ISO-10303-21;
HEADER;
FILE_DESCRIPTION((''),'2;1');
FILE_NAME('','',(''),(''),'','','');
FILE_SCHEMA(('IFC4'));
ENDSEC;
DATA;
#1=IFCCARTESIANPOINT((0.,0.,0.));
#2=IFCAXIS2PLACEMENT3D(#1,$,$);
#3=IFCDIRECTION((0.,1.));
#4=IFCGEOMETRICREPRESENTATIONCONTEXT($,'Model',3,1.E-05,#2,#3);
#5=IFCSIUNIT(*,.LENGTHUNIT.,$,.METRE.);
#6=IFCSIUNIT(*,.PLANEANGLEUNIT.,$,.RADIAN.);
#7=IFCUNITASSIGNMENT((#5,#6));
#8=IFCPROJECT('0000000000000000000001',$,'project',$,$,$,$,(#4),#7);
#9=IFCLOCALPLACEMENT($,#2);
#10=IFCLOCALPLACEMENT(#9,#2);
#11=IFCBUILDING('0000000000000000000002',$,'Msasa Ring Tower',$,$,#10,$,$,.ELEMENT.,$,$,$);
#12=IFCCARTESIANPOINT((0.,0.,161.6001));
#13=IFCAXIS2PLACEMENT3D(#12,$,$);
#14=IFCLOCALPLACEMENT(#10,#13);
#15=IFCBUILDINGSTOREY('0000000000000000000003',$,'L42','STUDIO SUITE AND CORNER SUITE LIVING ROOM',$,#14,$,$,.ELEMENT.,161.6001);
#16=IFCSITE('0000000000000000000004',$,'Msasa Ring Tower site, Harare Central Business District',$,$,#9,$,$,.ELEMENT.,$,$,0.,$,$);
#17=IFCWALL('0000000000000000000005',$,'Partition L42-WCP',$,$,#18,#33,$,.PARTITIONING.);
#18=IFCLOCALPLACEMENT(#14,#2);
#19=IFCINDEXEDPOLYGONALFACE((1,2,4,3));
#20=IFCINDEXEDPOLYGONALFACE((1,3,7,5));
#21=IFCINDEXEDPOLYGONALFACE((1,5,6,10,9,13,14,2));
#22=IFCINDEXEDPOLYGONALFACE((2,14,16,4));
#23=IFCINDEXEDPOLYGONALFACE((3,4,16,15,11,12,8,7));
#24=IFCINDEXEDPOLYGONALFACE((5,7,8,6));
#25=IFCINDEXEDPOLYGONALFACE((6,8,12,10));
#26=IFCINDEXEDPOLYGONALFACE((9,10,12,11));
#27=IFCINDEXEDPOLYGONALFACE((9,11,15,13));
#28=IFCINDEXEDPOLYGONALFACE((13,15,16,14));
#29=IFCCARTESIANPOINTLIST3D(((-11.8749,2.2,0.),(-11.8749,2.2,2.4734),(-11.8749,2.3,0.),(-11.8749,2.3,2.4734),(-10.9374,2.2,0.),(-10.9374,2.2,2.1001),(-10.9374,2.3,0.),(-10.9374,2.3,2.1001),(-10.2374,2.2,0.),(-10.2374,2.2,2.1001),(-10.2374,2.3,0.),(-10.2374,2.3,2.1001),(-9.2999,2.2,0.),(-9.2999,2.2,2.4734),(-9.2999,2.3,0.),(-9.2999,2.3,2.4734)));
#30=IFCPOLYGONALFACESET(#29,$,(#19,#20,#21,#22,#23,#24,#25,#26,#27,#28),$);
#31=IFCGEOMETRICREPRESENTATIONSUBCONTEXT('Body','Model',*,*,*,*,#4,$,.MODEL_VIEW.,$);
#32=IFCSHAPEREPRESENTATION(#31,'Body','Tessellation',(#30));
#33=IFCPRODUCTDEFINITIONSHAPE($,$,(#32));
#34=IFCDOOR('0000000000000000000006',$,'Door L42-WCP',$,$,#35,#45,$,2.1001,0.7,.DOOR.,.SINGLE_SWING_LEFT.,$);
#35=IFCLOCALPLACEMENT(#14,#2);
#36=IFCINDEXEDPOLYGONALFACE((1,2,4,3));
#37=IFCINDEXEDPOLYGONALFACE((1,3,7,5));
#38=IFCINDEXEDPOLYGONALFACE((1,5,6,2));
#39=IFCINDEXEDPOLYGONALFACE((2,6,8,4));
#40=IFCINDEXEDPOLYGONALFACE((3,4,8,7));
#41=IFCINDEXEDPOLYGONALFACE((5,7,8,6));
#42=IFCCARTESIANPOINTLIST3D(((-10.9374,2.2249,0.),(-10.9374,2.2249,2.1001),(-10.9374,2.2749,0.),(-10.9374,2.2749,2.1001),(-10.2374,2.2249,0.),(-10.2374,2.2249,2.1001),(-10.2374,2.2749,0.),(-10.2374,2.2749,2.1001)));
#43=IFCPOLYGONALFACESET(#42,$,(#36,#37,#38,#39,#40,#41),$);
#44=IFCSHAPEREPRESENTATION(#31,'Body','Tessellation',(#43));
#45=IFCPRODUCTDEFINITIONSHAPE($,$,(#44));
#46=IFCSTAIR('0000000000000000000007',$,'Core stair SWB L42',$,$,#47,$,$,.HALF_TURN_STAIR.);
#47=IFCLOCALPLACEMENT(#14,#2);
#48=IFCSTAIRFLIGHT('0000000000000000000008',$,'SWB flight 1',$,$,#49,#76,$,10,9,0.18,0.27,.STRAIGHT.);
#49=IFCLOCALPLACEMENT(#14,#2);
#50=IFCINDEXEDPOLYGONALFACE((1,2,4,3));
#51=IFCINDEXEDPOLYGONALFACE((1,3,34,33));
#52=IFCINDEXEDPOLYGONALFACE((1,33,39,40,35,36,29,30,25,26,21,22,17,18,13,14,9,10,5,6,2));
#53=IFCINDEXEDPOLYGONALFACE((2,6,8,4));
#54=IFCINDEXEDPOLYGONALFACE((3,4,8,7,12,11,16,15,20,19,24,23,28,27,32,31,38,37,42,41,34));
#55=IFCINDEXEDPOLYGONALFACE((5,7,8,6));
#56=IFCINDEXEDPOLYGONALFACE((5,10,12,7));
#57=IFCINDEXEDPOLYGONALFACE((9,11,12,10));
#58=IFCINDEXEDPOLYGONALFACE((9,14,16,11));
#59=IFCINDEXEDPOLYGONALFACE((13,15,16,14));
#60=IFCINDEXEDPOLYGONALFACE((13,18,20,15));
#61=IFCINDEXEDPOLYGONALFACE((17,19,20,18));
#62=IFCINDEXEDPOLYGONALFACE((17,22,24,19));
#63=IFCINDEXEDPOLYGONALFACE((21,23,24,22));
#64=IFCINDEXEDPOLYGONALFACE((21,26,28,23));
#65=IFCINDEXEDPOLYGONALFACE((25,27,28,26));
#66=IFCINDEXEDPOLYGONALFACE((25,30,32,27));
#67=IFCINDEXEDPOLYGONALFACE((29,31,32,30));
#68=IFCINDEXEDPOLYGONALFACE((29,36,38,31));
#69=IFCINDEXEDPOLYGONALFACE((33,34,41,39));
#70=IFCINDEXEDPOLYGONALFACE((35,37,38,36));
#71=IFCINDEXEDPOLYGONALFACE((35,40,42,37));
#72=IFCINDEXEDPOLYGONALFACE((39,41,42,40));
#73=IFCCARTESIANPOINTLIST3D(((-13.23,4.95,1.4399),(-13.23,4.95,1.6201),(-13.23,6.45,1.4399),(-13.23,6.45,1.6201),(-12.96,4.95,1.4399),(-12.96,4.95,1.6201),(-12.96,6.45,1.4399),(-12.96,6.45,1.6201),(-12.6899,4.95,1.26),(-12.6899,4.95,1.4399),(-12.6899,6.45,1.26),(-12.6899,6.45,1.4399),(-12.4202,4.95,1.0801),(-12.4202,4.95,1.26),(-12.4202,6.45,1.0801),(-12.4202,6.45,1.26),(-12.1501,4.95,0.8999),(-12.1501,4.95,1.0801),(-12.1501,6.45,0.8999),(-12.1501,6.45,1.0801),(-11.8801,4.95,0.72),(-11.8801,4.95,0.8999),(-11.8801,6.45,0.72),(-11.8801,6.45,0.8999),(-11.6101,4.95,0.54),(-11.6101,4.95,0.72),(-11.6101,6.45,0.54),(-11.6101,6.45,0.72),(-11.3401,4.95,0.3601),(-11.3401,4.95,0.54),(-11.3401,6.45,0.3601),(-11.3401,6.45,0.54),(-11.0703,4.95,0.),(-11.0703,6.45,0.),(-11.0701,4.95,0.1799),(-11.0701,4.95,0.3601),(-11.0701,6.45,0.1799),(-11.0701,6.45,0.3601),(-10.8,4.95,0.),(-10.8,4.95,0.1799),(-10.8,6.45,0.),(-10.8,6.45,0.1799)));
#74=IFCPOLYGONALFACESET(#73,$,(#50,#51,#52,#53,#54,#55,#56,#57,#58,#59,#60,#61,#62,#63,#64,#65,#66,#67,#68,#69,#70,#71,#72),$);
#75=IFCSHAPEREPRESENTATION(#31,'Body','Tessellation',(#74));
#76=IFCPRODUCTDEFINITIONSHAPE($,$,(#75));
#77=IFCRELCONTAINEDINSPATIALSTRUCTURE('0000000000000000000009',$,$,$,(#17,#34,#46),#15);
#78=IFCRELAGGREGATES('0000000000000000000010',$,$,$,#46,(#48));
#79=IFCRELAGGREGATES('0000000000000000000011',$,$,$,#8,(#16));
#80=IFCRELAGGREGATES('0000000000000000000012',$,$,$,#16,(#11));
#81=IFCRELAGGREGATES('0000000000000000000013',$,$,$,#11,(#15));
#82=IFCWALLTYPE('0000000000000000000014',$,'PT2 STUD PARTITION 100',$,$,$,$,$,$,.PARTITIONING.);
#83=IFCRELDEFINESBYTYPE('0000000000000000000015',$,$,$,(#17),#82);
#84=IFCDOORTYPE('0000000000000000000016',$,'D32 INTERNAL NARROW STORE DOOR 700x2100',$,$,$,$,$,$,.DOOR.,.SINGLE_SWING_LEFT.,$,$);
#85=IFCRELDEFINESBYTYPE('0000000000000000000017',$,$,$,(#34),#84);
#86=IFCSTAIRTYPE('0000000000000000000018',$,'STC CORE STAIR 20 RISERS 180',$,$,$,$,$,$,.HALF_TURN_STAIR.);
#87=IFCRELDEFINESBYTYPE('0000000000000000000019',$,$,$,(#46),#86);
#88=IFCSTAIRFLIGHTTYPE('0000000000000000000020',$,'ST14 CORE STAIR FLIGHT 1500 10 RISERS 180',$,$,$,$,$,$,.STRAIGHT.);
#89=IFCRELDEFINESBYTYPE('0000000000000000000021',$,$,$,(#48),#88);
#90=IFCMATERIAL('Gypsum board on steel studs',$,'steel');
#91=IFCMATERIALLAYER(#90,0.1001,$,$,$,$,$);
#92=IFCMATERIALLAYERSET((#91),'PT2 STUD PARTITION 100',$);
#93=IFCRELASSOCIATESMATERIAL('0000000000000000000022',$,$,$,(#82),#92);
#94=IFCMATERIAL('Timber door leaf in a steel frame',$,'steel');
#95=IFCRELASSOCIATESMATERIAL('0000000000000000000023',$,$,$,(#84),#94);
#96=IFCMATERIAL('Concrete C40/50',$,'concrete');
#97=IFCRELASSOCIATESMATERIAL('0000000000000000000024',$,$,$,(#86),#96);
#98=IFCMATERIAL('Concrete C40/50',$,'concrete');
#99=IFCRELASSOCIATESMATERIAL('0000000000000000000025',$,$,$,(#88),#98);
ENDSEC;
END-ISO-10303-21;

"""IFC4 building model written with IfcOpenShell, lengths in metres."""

from ifc_helpers import new_model, si_unit, direction, frame, frame_2d, origin, place, context, subcontext, project, spatial, polyline, rectangle, outline, extrude, material, layer, layer_set, type_object, element, fill, aggregate, save


model = new_model("IFC4")

# Units and contexts
model_context = context("Model", 3, precision=1e-05, world=origin(), true_north=direction((0.0, 1.0)))
body_context = subcontext(model_context, "Body", "Model", "MODEL_VIEW")
ifc_project = project(units=[si_unit("LENGTHUNIT", "METRE"), si_unit("PLANEANGLEUNIT", "RADIAN")], contexts=[model_context])

# Site, building, storey
site_placement = place(None, origin())
site = spatial("IfcSite", under=ifc_project, at=site_placement, Name="Msasa Ring Tower site, Harare Central Business District", CompositionType="ELEMENT", RefElevation=0.0)
building_placement = place(site_placement, origin())
building = spatial("IfcBuilding", under=site, at=building_placement, Name="Msasa Ring Tower", CompositionType="ELEMENT")
storey_placement = place(building_placement, frame((0.0, 0.0, 161.6001)))
storey = spatial("IfcBuildingStorey", under=building, at=storey_placement, Name="L42", Description="STUDIO SUITE AND CORNER SUITE LIVING ROOM", CompositionType="ELEMENT", Elevation=161.6001)

# Wall, opening, door
ifc_material_1 = material(Name="Gypsum board on steel studs", Category="steel")
ifc_layer_1 = layer(ifc_material_1, 0.1001)
ifc_layer_set_1 = layer_set([ifc_layer_1], Name="PT2 STUD PARTITION 100")
wall_type_1 = type_object("IfcWallType", Name="PT2 STUD PARTITION 100", PredefinedType="PARTITIONING", material=ifc_layer_set_1)
wall_1_placement = place(storey_placement, frame((-11.875, 2.25, 0.0), z_axis=(0.0, 0.0, 1.0), x_axis=(1.0, 0.0, 0.0)))
wall_1 = element("IfcWall", 1, at=wall_1_placement, inside=storey, type_object=wall_type_1, Name="Partition L42-WCP", PredefinedType="PARTITIONING", context=body_context, shape_type="SweptSolid", body=[
    extrude(rectangle(XDim=2.575, YDim=0.1001, at=frame_2d((1.2876, 0.0))), origin(), (0.0, 0.0, 1.0), 2.4734),
])
opening_1_placement = place(wall_1_placement, frame((0.9375, 0.0, 0.0)))
opening_1 = element("IfcOpeningElement", 2, at=opening_1_placement, cuts=wall_1, PredefinedType="OPENING", context=body_context, shape_type="SweptSolid", body=[
    extrude(rectangle(XDim=0.7, YDim=2.1001, at=frame_2d((0.3501, 1.05))), frame((0.0, 0.0601, 0.0), z_axis=(0.0, -1.0, 0.0), x_axis=(1.0, 0.0, 0.0)), (0.0, 0.0, 1.0), 0.1201),
])
ifc_material_2 = material(Name="Timber door leaf in a steel frame", Category="steel")
door_type_1 = type_object("IfcDoorType", Name="D32 INTERNAL NARROW STORE DOOR 700x2100", OperationType="SINGLE_SWING_LEFT", PredefinedType="DOOR", material=ifc_material_2)
door_1_placement = place(opening_1_placement, origin())
door_1 = element("IfcDoor", 3, at=door_1_placement, inside=storey, type_object=door_type_1, Name="Door L42-WCP", OperationType="SINGLE_SWING_LEFT", OverallHeight=2.1001, OverallWidth=0.7, PredefinedType="DOOR", context=body_context, shape_type="SweptSolid", body=[
    extrude(rectangle(XDim=0.7, YDim=2.1001, at=frame_2d((0.3501, 1.05))), frame((0.0, 0.0249, 0.0), z_axis=(0.0, -1.0, 0.0), x_axis=(1.0, 0.0, 0.0)), (0.0, 0.0, 1.0), 0.05),
])
fill(opening_1, door_1)

# Stair, stair flight
ifc_material_3 = material(Name="Concrete C40/50", Category="concrete")
stair_type = type_object("IfcStairType", Name="STC CORE STAIR 20 RISERS 180", PredefinedType="HALF_TURN_STAIR", material=ifc_material_3)
stair_placement = place(storey_placement, origin())
stair = element("IfcStair", 4, at=stair_placement, inside=storey, type_object=stair_type, Name="Core stair SWB L42", PredefinedType="HALF_TURN_STAIR")
ifc_material_4 = material(Name="Concrete C40/50", Category="concrete")
stair_flight_type = type_object("IfcStairFlightType", Name="ST14 CORE STAIR FLIGHT 1500 10 RISERS 180", PredefinedType="STRAIGHT", material=ifc_material_4)
stair_flight_placement = place(storey_placement, frame((-10.8, 5.7, 0.0), z_axis=(0.0, 0.0, 1.0), x_axis=(-1.0, 0.0, 0.0)))
stair_flight = element("IfcStairFlight", 5, at=stair_flight_placement, type_object=stair_flight_type, Name="SWB flight 1", NumberOfRisers=10, NumberOfTreads=9, PredefinedType="STRAIGHT", RiserHeight=0.18, TreadLength=0.27, context=body_context, shape_type="SweptSolid", body=[
    extrude(outline(polyline([(0.0, 0.0), (0.0, 0.1799), (0.27, 0.1799), (0.27, 0.3601), (0.54, 0.3601), (0.54, 0.54), (0.8101, 0.54), (0.8101, 0.72), (1.0801, 0.72), (1.0801, 0.8999), (1.3501, 0.8999), (1.3501, 1.0801), (1.6201, 1.0801), (1.6201, 1.26), (1.8899, 1.26), (1.8899, 1.4399), (2.1599, 1.4399), (2.1599, 1.6201), (2.4299, 1.6201), (2.4299, 1.8), (2.4299, 1.4399), (0.2703, 0.0), (0.0, 0.0)])), frame((0.0, 0.75, 0.0), z_axis=(0.0, -1.0, 0.0), x_axis=(1.0, 0.0, 0.0)), (0.0, 0.0, 1.0), 1.5),
])
aggregate(stair, [stair_flight])

save(model, "model.ifc")
